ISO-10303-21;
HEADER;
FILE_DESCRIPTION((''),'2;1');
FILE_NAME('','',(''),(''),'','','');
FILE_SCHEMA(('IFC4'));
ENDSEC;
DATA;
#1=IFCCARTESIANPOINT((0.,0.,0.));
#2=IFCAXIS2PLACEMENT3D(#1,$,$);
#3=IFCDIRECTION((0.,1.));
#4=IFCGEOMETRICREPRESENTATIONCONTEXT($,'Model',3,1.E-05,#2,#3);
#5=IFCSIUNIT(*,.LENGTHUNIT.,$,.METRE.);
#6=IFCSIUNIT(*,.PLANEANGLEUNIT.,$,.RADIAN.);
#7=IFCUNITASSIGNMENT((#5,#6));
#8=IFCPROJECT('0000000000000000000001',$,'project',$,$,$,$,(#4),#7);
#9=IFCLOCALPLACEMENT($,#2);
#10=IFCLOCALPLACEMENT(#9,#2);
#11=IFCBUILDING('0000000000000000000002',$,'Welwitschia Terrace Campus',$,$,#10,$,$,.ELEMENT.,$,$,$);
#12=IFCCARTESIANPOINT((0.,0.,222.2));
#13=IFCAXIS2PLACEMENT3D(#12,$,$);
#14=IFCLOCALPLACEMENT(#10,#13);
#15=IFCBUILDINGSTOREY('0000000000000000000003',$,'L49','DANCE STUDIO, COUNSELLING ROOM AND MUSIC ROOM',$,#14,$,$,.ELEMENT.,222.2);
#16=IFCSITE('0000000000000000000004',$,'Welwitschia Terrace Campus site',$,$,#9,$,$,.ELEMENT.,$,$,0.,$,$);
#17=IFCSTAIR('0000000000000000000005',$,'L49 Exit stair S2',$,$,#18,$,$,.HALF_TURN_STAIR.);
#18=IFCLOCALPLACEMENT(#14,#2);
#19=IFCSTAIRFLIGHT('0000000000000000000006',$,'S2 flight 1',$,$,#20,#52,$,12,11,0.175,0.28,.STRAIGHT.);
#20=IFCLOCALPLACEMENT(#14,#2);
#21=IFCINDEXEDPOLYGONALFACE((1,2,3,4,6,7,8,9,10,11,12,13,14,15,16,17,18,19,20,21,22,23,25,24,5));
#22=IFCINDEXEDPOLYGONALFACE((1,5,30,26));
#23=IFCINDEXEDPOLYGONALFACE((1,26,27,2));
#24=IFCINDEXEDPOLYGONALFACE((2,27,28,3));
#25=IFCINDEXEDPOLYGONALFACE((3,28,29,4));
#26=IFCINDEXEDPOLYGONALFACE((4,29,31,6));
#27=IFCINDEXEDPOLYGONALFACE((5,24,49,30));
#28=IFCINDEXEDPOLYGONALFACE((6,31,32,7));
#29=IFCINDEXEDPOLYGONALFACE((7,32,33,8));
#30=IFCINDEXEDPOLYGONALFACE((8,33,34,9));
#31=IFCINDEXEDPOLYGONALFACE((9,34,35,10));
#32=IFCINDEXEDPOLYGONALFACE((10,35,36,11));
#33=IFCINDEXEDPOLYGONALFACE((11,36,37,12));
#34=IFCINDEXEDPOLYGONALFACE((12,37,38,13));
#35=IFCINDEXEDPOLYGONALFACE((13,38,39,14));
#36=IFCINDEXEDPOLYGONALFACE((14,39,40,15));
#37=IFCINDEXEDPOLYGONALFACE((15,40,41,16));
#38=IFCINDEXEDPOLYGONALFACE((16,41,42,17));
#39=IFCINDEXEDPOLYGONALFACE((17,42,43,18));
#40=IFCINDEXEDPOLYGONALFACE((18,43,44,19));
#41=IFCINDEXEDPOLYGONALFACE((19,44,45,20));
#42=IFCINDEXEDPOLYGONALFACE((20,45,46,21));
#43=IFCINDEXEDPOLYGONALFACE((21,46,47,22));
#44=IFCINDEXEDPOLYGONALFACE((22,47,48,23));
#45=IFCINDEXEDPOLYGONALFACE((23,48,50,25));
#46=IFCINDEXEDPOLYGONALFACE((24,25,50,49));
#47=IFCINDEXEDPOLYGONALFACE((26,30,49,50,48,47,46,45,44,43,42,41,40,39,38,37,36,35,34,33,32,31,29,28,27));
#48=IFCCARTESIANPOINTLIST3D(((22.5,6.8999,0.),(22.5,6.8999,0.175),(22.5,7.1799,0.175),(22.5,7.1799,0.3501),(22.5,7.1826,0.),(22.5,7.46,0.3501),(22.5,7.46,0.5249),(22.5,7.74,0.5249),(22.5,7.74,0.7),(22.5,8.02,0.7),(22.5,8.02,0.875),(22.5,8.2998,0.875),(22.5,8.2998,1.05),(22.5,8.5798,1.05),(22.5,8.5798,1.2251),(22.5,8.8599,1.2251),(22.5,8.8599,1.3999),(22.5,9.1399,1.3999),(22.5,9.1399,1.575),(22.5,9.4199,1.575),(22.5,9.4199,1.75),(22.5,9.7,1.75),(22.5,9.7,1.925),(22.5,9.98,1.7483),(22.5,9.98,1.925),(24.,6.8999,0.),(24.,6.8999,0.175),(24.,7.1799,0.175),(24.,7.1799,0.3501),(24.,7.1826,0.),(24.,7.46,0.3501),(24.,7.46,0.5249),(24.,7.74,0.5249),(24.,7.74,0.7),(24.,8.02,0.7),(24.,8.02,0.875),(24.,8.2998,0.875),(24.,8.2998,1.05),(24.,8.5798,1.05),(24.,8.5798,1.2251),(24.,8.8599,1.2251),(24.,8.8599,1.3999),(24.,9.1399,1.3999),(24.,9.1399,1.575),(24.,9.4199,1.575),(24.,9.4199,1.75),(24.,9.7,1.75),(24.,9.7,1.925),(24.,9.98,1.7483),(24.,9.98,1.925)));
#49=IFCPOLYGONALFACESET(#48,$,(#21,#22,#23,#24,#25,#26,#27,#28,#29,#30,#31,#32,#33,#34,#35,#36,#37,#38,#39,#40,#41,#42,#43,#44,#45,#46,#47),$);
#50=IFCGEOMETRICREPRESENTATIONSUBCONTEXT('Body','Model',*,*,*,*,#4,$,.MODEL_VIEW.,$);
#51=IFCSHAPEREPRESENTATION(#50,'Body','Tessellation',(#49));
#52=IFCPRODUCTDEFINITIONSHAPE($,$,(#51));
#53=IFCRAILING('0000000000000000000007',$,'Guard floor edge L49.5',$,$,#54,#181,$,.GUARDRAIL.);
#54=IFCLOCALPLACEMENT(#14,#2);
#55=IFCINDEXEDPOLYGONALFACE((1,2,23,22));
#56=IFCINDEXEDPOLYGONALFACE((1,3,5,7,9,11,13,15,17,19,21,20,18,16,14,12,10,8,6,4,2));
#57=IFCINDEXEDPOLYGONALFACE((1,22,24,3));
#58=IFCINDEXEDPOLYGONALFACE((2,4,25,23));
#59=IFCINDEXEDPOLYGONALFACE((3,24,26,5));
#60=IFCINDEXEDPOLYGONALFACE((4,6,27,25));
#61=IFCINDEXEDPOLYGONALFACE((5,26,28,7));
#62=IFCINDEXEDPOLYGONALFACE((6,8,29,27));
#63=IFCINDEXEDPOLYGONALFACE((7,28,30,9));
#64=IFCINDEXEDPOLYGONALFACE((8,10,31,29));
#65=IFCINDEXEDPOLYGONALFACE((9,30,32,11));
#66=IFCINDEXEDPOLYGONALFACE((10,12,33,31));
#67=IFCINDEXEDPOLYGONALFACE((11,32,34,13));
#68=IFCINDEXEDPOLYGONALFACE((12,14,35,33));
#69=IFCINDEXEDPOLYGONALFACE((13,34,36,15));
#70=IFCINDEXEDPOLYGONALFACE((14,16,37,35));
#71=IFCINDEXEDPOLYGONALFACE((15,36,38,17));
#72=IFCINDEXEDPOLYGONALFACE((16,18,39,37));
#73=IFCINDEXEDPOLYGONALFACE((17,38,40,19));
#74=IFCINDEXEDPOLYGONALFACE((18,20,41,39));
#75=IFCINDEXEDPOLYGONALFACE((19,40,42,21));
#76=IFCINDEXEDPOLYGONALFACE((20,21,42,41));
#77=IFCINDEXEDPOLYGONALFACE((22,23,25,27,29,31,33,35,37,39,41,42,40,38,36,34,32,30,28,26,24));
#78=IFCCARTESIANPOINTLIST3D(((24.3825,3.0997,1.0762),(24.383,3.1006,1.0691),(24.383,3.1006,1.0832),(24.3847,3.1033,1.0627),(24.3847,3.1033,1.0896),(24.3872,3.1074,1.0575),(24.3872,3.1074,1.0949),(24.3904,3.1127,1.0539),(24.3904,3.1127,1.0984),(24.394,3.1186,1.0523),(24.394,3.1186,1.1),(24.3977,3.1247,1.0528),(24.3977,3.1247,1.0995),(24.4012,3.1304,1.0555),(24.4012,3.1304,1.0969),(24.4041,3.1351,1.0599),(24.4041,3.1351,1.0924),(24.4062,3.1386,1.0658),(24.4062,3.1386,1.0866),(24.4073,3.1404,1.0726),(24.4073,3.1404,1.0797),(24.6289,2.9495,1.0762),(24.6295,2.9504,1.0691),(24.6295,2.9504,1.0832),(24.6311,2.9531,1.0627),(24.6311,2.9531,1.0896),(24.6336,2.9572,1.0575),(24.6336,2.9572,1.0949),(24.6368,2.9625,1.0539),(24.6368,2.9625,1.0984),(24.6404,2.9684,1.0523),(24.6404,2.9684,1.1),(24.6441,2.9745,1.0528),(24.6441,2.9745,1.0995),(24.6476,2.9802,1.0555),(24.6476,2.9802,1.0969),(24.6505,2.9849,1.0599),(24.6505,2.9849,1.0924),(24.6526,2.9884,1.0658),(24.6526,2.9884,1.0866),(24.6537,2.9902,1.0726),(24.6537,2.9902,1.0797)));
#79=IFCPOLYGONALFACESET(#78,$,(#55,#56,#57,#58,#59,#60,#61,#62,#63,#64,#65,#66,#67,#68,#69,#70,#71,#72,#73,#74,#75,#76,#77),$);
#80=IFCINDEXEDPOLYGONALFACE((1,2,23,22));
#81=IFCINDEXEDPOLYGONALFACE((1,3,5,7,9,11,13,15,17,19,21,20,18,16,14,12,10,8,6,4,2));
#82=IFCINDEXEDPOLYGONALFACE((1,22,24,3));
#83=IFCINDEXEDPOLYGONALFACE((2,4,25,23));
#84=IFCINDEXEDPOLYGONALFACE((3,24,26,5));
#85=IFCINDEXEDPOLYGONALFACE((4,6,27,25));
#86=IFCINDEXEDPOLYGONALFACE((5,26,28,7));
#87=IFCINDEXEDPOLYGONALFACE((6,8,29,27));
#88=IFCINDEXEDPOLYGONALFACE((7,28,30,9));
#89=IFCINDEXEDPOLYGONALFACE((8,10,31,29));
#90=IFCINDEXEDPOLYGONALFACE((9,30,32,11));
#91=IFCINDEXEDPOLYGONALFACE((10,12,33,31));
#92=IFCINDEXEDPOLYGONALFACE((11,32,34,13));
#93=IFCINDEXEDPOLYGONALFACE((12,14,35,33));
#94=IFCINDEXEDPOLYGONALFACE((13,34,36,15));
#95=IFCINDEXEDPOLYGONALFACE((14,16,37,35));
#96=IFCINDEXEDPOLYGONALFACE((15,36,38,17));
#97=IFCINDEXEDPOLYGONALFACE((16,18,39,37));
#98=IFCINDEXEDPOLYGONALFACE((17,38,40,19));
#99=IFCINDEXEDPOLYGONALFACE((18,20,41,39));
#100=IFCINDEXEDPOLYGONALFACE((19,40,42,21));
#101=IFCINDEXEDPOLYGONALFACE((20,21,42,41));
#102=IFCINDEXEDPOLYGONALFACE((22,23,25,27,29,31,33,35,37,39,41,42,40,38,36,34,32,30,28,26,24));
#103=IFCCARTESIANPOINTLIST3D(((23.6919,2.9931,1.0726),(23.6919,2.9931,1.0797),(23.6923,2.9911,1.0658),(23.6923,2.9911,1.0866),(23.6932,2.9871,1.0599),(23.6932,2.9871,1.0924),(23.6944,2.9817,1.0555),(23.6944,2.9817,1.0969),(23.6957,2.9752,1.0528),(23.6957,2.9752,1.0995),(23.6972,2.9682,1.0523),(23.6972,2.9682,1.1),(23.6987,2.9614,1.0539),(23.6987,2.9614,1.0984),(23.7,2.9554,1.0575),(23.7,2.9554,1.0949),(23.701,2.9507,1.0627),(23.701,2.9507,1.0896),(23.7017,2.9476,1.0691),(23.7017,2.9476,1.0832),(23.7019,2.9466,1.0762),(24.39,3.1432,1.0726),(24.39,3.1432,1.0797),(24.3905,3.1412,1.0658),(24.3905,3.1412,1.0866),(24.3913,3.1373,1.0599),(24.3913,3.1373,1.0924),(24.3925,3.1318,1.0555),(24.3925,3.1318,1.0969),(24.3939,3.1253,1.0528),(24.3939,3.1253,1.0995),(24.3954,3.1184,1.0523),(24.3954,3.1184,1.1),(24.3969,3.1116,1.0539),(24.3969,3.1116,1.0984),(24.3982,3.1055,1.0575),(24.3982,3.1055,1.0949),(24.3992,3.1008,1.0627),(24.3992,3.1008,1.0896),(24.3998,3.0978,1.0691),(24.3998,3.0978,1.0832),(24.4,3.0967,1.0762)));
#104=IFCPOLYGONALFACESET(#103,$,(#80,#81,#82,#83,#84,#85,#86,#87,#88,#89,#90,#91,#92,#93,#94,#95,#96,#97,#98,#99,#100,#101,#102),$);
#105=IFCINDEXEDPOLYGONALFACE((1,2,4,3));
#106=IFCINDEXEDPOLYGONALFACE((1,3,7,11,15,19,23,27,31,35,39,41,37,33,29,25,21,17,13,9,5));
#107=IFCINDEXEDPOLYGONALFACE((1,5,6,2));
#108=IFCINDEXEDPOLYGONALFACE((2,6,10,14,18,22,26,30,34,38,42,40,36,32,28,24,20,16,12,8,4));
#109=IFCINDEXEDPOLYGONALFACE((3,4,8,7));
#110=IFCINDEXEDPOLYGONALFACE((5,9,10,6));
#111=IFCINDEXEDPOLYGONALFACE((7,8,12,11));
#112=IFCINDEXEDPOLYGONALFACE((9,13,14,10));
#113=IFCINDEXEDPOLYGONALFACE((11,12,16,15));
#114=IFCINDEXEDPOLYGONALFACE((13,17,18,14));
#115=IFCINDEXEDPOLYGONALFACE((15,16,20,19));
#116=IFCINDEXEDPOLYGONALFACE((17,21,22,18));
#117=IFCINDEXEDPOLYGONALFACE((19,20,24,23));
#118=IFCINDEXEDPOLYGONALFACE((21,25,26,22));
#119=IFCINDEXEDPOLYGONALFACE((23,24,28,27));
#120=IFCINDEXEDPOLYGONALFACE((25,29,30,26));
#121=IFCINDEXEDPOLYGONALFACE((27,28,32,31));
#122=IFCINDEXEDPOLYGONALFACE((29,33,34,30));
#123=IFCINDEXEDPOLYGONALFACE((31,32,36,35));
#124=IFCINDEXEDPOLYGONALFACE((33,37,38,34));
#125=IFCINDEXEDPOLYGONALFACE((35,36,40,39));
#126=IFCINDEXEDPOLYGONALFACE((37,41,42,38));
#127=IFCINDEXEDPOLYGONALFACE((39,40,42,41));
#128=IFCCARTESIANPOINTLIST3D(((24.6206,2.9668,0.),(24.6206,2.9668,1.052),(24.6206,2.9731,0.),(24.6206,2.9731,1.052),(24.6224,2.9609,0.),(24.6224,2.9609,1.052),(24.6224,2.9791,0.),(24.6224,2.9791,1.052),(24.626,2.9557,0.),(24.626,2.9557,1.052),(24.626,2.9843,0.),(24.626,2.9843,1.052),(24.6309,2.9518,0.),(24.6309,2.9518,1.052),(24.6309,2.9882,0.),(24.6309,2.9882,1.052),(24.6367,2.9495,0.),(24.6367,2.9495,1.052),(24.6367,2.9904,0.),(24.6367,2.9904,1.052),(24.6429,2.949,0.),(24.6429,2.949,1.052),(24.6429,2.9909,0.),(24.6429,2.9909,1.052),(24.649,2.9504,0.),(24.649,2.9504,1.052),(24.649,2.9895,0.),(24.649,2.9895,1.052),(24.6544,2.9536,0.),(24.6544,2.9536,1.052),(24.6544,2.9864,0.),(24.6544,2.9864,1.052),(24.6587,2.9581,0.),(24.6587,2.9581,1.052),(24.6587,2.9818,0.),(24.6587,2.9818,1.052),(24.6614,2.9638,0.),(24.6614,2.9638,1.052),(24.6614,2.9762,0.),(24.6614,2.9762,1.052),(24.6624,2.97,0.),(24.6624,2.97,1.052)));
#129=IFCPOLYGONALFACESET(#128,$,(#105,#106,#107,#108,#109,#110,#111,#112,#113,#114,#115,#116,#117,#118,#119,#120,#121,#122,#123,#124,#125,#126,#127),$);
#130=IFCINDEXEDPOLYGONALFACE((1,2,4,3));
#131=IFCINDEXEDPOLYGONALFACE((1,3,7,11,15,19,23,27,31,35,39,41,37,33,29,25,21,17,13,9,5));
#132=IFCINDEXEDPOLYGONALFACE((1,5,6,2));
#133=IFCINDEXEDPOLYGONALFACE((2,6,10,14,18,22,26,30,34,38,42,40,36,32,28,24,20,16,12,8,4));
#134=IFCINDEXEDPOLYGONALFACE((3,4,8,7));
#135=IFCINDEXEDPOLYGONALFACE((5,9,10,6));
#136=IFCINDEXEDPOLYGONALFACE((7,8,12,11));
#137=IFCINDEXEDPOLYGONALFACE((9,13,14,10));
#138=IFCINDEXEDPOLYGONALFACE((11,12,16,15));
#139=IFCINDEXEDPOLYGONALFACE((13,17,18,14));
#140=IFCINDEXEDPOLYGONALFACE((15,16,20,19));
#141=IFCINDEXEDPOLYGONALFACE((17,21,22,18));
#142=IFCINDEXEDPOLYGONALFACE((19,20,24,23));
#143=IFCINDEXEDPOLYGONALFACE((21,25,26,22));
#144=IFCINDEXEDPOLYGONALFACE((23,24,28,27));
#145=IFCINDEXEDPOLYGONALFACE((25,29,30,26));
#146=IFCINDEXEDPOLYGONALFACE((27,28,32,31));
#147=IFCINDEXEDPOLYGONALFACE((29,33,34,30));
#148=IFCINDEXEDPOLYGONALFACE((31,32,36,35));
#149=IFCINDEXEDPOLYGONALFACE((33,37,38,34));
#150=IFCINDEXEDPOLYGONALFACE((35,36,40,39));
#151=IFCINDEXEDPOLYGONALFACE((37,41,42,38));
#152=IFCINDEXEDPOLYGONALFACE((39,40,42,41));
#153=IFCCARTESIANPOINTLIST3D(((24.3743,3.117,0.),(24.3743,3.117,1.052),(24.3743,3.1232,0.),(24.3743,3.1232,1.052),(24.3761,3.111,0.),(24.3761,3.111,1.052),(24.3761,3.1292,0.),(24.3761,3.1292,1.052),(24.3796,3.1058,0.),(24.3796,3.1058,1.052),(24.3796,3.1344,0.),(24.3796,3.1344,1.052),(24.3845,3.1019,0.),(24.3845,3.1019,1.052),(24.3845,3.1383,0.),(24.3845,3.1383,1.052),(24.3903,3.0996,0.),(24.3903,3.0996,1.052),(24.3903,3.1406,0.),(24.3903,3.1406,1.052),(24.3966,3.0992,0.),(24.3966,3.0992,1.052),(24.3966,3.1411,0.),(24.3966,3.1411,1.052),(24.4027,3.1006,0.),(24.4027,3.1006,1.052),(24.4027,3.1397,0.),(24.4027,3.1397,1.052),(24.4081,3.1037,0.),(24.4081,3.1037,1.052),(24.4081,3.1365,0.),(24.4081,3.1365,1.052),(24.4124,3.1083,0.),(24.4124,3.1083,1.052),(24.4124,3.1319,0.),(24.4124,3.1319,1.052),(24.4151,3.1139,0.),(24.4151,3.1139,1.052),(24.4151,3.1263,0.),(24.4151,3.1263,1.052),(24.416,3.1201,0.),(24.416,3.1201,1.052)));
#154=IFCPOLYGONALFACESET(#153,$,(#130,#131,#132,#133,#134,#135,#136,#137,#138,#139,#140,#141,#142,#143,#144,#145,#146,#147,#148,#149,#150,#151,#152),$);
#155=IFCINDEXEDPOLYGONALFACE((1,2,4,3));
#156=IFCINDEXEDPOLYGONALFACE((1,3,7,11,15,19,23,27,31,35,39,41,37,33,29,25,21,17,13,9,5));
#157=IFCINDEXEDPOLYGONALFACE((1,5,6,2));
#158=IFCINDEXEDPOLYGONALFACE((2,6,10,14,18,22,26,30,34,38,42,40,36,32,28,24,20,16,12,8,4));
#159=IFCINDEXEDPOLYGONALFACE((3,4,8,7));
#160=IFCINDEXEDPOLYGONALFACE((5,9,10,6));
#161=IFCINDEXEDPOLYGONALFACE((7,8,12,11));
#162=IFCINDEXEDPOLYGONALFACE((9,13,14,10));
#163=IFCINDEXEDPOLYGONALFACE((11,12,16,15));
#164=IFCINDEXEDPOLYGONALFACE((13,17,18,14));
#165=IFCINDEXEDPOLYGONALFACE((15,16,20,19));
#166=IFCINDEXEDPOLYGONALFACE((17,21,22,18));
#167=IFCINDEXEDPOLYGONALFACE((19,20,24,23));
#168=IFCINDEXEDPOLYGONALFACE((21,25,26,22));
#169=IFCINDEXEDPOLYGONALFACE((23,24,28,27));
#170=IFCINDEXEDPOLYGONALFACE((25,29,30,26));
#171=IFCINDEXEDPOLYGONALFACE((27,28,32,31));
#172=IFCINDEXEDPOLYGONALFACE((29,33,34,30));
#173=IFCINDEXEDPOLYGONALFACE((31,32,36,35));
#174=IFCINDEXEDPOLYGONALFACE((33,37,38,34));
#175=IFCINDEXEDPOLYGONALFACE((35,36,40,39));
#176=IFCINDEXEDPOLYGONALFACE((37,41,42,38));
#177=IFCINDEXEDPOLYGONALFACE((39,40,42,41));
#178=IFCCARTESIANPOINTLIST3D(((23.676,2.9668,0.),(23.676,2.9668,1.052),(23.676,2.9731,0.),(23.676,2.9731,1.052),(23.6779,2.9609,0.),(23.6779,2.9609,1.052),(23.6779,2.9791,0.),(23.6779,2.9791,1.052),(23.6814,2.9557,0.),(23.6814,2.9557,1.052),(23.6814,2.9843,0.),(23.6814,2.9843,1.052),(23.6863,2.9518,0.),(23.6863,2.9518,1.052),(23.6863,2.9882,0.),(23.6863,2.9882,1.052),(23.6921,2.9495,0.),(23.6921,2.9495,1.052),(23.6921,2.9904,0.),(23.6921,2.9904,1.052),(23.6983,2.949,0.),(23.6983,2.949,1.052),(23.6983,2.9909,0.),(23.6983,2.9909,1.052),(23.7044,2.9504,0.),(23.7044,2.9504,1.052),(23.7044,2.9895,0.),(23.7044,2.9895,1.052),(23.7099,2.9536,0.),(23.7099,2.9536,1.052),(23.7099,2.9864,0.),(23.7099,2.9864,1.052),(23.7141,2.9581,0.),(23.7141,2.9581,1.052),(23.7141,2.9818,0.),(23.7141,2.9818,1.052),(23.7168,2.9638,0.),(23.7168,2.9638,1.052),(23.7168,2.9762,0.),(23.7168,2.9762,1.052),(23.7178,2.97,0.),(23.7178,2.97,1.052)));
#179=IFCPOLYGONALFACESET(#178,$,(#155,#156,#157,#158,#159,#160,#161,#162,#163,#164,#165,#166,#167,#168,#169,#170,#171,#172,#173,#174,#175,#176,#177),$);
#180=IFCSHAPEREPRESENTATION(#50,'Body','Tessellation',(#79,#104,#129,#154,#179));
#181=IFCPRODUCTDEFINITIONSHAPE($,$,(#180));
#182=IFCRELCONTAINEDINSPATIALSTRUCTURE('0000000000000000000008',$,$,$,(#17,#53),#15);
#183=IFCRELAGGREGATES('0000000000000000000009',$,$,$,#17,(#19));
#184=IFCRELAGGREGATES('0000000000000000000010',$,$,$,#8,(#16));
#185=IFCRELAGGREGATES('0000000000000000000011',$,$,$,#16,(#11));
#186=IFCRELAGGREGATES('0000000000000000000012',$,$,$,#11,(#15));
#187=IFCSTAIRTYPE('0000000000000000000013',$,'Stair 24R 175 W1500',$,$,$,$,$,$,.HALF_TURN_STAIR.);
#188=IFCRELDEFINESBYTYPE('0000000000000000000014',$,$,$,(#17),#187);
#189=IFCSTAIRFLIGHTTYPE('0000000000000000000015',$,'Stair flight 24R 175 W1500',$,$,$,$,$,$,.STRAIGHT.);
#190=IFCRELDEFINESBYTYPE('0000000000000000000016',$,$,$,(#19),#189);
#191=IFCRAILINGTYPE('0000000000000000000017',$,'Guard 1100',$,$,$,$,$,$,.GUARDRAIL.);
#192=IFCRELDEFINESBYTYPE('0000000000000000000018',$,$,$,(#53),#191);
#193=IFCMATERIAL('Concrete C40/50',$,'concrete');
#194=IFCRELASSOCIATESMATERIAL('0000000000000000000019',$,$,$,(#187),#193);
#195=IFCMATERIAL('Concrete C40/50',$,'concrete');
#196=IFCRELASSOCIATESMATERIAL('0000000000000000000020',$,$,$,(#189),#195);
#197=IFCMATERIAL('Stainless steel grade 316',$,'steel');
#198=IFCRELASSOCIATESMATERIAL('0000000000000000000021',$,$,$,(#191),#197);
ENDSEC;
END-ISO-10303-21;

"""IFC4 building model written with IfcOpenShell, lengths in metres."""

from ifc_helpers import new_model, si_unit, direction, frame, origin, origin_2d, place, context, subcontext, project, spatial, polyline, circle, outline, extrude, material, type_object, element, aggregate, save


model = new_model("IFC4")

# Units and contexts
model_context = context("Model", 3, precision=1e-05, world=origin(), true_north=direction((0.0, 1.0)))
body_context = subcontext(model_context, "Body", "Model", "MODEL_VIEW")
ifc_project = project(units=[si_unit("LENGTHUNIT", "METRE"), si_unit("PLANEANGLEUNIT", "RADIAN")], contexts=[model_context])

# Site, building, storey
site_placement = place(None, origin())
site = spatial("IfcSite", under=ifc_project, at=site_placement, Name="Welwitschia Terrace Campus site", CompositionType="ELEMENT", RefElevation=0.0)
building_placement = place(site_placement, origin())
building = spatial("IfcBuilding", under=site, at=building_placement, Name="Welwitschia Terrace Campus", CompositionType="ELEMENT")
storey_placement = place(building_placement, frame((0.0, 0.0, 222.2)))
storey = spatial("IfcBuildingStorey", under=building, at=storey_placement, Name="L49", Description="DANCE STUDIO, COUNSELLING ROOM AND MUSIC ROOM", CompositionType="ELEMENT", Elevation=222.2)

# Stair, stair flight
ifc_material_1 = material(Name="Concrete C40/50", Category="concrete")
stair_type = type_object("IfcStairType", Name="Stair 24R 175 W1500", PredefinedType="HALF_TURN_STAIR", material=ifc_material_1)
stair_placement = place(storey_placement, origin())
stair = element("IfcStair", 1, at=stair_placement, inside=storey, type_object=stair_type, Name="L49 Exit stair S2", PredefinedType="HALF_TURN_STAIR")
ifc_material_2 = material(Name="Concrete C40/50", Category="concrete")
stair_flight_type = type_object("IfcStairFlightType", Name="Stair flight 24R 175 W1500", PredefinedType="STRAIGHT", material=ifc_material_2)
stair_flight_placement = place(storey_placement, frame((23.25, 6.8999, 0.0), z_axis=(0.0, 0.0, 1.0), x_axis=(0.0, 1.0, 0.0)))
stair_flight = element("IfcStairFlight", 2, at=stair_flight_placement, type_object=stair_flight_type, Name="S2 flight 1", NumberOfRisers=12, NumberOfTreads=11, PredefinedType="STRAIGHT", RiserHeight=0.175, TreadLength=0.28, context=body_context, shape_type="SweptSolid", body=[
    extrude(outline(polyline([(0.0, 0.0), (0.0, 0.175), (0.28, 0.175), (0.28, 0.3501), (0.5601, 0.3501), (0.5601, 0.5249), (0.8401, 0.5249), (0.8401, 0.7), (1.1201, 0.7), (1.1201, 0.875), (1.3999, 0.875), (1.3999, 1.05), (1.6799, 1.05), (1.6799, 1.2251), (1.96, 1.2251), (1.96, 1.3999), (2.24, 1.3999), (2.24, 1.575), (2.52, 1.575), (2.52, 1.75), (2.8, 1.75), (2.8, 1.925), (3.0801, 1.925), (3.0801, 2.1001), (3.0801, 1.7483), (0.2827, 0.0), (0.0, 0.0)])), frame((0.0, 0.75, 0.0), z_axis=(0.0, -1.0, 0.0), x_axis=(1.0, 0.0, 0.0)), (0.0, 0.0, 1.0), 1.5),
])
aggregate(stair, [stair_flight])

# Railing
ifc_material_3 = material(Name="Stainless steel grade 316", Category="steel")
railing_type_1 = type_object("IfcRailingType", Name="Guard 1100", PredefinedType="GUARDRAIL", material=ifc_material_3)
railing_1_placement = place(storey_placement, frame((24.6414, 2.97, 0.0)))
element("IfcRailing", 3, at=railing_1_placement, inside=storey, type_object=railing_type_1, Name="Guard floor edge L49.5", PredefinedType="GUARDRAIL", context=body_context, shape_type="SweptSolid", body=[
    extrude(circle(Radius=0.0239, at=origin_2d()), frame((0.0, 0.0, 1.0762), z_axis=(-0.853888, 0.520457, 0.0), x_axis=(-0.520457, -0.853888, 0.0)), (0.0, 0.0, 1.0), 0.2886),
    extrude(circle(Radius=0.0239, at=origin_2d()), frame((-0.2463, 0.1501, 1.0762), z_axis=(-0.977652, -0.210229, 0.0), x_axis=(0.210229, -0.977652, 0.0)), (0.0, 0.0, 1.0), 0.7141),
    extrude(circle(Radius=0.021, at=origin_2d()), origin(), (0.0, 0.0, 1.0), 1.052),
    extrude(circle(Radius=0.021, at=origin_2d()), frame((-0.2463, 0.1501, 0.0)), (0.0, 0.0, 1.0), 1.052),
    extrude(circle(Radius=0.021, at=origin_2d()), frame((-0.9446, 0.0, 0.0)), (0.0, 0.0, 1.0), 1.052),
])

save(model, "model.ifc")
